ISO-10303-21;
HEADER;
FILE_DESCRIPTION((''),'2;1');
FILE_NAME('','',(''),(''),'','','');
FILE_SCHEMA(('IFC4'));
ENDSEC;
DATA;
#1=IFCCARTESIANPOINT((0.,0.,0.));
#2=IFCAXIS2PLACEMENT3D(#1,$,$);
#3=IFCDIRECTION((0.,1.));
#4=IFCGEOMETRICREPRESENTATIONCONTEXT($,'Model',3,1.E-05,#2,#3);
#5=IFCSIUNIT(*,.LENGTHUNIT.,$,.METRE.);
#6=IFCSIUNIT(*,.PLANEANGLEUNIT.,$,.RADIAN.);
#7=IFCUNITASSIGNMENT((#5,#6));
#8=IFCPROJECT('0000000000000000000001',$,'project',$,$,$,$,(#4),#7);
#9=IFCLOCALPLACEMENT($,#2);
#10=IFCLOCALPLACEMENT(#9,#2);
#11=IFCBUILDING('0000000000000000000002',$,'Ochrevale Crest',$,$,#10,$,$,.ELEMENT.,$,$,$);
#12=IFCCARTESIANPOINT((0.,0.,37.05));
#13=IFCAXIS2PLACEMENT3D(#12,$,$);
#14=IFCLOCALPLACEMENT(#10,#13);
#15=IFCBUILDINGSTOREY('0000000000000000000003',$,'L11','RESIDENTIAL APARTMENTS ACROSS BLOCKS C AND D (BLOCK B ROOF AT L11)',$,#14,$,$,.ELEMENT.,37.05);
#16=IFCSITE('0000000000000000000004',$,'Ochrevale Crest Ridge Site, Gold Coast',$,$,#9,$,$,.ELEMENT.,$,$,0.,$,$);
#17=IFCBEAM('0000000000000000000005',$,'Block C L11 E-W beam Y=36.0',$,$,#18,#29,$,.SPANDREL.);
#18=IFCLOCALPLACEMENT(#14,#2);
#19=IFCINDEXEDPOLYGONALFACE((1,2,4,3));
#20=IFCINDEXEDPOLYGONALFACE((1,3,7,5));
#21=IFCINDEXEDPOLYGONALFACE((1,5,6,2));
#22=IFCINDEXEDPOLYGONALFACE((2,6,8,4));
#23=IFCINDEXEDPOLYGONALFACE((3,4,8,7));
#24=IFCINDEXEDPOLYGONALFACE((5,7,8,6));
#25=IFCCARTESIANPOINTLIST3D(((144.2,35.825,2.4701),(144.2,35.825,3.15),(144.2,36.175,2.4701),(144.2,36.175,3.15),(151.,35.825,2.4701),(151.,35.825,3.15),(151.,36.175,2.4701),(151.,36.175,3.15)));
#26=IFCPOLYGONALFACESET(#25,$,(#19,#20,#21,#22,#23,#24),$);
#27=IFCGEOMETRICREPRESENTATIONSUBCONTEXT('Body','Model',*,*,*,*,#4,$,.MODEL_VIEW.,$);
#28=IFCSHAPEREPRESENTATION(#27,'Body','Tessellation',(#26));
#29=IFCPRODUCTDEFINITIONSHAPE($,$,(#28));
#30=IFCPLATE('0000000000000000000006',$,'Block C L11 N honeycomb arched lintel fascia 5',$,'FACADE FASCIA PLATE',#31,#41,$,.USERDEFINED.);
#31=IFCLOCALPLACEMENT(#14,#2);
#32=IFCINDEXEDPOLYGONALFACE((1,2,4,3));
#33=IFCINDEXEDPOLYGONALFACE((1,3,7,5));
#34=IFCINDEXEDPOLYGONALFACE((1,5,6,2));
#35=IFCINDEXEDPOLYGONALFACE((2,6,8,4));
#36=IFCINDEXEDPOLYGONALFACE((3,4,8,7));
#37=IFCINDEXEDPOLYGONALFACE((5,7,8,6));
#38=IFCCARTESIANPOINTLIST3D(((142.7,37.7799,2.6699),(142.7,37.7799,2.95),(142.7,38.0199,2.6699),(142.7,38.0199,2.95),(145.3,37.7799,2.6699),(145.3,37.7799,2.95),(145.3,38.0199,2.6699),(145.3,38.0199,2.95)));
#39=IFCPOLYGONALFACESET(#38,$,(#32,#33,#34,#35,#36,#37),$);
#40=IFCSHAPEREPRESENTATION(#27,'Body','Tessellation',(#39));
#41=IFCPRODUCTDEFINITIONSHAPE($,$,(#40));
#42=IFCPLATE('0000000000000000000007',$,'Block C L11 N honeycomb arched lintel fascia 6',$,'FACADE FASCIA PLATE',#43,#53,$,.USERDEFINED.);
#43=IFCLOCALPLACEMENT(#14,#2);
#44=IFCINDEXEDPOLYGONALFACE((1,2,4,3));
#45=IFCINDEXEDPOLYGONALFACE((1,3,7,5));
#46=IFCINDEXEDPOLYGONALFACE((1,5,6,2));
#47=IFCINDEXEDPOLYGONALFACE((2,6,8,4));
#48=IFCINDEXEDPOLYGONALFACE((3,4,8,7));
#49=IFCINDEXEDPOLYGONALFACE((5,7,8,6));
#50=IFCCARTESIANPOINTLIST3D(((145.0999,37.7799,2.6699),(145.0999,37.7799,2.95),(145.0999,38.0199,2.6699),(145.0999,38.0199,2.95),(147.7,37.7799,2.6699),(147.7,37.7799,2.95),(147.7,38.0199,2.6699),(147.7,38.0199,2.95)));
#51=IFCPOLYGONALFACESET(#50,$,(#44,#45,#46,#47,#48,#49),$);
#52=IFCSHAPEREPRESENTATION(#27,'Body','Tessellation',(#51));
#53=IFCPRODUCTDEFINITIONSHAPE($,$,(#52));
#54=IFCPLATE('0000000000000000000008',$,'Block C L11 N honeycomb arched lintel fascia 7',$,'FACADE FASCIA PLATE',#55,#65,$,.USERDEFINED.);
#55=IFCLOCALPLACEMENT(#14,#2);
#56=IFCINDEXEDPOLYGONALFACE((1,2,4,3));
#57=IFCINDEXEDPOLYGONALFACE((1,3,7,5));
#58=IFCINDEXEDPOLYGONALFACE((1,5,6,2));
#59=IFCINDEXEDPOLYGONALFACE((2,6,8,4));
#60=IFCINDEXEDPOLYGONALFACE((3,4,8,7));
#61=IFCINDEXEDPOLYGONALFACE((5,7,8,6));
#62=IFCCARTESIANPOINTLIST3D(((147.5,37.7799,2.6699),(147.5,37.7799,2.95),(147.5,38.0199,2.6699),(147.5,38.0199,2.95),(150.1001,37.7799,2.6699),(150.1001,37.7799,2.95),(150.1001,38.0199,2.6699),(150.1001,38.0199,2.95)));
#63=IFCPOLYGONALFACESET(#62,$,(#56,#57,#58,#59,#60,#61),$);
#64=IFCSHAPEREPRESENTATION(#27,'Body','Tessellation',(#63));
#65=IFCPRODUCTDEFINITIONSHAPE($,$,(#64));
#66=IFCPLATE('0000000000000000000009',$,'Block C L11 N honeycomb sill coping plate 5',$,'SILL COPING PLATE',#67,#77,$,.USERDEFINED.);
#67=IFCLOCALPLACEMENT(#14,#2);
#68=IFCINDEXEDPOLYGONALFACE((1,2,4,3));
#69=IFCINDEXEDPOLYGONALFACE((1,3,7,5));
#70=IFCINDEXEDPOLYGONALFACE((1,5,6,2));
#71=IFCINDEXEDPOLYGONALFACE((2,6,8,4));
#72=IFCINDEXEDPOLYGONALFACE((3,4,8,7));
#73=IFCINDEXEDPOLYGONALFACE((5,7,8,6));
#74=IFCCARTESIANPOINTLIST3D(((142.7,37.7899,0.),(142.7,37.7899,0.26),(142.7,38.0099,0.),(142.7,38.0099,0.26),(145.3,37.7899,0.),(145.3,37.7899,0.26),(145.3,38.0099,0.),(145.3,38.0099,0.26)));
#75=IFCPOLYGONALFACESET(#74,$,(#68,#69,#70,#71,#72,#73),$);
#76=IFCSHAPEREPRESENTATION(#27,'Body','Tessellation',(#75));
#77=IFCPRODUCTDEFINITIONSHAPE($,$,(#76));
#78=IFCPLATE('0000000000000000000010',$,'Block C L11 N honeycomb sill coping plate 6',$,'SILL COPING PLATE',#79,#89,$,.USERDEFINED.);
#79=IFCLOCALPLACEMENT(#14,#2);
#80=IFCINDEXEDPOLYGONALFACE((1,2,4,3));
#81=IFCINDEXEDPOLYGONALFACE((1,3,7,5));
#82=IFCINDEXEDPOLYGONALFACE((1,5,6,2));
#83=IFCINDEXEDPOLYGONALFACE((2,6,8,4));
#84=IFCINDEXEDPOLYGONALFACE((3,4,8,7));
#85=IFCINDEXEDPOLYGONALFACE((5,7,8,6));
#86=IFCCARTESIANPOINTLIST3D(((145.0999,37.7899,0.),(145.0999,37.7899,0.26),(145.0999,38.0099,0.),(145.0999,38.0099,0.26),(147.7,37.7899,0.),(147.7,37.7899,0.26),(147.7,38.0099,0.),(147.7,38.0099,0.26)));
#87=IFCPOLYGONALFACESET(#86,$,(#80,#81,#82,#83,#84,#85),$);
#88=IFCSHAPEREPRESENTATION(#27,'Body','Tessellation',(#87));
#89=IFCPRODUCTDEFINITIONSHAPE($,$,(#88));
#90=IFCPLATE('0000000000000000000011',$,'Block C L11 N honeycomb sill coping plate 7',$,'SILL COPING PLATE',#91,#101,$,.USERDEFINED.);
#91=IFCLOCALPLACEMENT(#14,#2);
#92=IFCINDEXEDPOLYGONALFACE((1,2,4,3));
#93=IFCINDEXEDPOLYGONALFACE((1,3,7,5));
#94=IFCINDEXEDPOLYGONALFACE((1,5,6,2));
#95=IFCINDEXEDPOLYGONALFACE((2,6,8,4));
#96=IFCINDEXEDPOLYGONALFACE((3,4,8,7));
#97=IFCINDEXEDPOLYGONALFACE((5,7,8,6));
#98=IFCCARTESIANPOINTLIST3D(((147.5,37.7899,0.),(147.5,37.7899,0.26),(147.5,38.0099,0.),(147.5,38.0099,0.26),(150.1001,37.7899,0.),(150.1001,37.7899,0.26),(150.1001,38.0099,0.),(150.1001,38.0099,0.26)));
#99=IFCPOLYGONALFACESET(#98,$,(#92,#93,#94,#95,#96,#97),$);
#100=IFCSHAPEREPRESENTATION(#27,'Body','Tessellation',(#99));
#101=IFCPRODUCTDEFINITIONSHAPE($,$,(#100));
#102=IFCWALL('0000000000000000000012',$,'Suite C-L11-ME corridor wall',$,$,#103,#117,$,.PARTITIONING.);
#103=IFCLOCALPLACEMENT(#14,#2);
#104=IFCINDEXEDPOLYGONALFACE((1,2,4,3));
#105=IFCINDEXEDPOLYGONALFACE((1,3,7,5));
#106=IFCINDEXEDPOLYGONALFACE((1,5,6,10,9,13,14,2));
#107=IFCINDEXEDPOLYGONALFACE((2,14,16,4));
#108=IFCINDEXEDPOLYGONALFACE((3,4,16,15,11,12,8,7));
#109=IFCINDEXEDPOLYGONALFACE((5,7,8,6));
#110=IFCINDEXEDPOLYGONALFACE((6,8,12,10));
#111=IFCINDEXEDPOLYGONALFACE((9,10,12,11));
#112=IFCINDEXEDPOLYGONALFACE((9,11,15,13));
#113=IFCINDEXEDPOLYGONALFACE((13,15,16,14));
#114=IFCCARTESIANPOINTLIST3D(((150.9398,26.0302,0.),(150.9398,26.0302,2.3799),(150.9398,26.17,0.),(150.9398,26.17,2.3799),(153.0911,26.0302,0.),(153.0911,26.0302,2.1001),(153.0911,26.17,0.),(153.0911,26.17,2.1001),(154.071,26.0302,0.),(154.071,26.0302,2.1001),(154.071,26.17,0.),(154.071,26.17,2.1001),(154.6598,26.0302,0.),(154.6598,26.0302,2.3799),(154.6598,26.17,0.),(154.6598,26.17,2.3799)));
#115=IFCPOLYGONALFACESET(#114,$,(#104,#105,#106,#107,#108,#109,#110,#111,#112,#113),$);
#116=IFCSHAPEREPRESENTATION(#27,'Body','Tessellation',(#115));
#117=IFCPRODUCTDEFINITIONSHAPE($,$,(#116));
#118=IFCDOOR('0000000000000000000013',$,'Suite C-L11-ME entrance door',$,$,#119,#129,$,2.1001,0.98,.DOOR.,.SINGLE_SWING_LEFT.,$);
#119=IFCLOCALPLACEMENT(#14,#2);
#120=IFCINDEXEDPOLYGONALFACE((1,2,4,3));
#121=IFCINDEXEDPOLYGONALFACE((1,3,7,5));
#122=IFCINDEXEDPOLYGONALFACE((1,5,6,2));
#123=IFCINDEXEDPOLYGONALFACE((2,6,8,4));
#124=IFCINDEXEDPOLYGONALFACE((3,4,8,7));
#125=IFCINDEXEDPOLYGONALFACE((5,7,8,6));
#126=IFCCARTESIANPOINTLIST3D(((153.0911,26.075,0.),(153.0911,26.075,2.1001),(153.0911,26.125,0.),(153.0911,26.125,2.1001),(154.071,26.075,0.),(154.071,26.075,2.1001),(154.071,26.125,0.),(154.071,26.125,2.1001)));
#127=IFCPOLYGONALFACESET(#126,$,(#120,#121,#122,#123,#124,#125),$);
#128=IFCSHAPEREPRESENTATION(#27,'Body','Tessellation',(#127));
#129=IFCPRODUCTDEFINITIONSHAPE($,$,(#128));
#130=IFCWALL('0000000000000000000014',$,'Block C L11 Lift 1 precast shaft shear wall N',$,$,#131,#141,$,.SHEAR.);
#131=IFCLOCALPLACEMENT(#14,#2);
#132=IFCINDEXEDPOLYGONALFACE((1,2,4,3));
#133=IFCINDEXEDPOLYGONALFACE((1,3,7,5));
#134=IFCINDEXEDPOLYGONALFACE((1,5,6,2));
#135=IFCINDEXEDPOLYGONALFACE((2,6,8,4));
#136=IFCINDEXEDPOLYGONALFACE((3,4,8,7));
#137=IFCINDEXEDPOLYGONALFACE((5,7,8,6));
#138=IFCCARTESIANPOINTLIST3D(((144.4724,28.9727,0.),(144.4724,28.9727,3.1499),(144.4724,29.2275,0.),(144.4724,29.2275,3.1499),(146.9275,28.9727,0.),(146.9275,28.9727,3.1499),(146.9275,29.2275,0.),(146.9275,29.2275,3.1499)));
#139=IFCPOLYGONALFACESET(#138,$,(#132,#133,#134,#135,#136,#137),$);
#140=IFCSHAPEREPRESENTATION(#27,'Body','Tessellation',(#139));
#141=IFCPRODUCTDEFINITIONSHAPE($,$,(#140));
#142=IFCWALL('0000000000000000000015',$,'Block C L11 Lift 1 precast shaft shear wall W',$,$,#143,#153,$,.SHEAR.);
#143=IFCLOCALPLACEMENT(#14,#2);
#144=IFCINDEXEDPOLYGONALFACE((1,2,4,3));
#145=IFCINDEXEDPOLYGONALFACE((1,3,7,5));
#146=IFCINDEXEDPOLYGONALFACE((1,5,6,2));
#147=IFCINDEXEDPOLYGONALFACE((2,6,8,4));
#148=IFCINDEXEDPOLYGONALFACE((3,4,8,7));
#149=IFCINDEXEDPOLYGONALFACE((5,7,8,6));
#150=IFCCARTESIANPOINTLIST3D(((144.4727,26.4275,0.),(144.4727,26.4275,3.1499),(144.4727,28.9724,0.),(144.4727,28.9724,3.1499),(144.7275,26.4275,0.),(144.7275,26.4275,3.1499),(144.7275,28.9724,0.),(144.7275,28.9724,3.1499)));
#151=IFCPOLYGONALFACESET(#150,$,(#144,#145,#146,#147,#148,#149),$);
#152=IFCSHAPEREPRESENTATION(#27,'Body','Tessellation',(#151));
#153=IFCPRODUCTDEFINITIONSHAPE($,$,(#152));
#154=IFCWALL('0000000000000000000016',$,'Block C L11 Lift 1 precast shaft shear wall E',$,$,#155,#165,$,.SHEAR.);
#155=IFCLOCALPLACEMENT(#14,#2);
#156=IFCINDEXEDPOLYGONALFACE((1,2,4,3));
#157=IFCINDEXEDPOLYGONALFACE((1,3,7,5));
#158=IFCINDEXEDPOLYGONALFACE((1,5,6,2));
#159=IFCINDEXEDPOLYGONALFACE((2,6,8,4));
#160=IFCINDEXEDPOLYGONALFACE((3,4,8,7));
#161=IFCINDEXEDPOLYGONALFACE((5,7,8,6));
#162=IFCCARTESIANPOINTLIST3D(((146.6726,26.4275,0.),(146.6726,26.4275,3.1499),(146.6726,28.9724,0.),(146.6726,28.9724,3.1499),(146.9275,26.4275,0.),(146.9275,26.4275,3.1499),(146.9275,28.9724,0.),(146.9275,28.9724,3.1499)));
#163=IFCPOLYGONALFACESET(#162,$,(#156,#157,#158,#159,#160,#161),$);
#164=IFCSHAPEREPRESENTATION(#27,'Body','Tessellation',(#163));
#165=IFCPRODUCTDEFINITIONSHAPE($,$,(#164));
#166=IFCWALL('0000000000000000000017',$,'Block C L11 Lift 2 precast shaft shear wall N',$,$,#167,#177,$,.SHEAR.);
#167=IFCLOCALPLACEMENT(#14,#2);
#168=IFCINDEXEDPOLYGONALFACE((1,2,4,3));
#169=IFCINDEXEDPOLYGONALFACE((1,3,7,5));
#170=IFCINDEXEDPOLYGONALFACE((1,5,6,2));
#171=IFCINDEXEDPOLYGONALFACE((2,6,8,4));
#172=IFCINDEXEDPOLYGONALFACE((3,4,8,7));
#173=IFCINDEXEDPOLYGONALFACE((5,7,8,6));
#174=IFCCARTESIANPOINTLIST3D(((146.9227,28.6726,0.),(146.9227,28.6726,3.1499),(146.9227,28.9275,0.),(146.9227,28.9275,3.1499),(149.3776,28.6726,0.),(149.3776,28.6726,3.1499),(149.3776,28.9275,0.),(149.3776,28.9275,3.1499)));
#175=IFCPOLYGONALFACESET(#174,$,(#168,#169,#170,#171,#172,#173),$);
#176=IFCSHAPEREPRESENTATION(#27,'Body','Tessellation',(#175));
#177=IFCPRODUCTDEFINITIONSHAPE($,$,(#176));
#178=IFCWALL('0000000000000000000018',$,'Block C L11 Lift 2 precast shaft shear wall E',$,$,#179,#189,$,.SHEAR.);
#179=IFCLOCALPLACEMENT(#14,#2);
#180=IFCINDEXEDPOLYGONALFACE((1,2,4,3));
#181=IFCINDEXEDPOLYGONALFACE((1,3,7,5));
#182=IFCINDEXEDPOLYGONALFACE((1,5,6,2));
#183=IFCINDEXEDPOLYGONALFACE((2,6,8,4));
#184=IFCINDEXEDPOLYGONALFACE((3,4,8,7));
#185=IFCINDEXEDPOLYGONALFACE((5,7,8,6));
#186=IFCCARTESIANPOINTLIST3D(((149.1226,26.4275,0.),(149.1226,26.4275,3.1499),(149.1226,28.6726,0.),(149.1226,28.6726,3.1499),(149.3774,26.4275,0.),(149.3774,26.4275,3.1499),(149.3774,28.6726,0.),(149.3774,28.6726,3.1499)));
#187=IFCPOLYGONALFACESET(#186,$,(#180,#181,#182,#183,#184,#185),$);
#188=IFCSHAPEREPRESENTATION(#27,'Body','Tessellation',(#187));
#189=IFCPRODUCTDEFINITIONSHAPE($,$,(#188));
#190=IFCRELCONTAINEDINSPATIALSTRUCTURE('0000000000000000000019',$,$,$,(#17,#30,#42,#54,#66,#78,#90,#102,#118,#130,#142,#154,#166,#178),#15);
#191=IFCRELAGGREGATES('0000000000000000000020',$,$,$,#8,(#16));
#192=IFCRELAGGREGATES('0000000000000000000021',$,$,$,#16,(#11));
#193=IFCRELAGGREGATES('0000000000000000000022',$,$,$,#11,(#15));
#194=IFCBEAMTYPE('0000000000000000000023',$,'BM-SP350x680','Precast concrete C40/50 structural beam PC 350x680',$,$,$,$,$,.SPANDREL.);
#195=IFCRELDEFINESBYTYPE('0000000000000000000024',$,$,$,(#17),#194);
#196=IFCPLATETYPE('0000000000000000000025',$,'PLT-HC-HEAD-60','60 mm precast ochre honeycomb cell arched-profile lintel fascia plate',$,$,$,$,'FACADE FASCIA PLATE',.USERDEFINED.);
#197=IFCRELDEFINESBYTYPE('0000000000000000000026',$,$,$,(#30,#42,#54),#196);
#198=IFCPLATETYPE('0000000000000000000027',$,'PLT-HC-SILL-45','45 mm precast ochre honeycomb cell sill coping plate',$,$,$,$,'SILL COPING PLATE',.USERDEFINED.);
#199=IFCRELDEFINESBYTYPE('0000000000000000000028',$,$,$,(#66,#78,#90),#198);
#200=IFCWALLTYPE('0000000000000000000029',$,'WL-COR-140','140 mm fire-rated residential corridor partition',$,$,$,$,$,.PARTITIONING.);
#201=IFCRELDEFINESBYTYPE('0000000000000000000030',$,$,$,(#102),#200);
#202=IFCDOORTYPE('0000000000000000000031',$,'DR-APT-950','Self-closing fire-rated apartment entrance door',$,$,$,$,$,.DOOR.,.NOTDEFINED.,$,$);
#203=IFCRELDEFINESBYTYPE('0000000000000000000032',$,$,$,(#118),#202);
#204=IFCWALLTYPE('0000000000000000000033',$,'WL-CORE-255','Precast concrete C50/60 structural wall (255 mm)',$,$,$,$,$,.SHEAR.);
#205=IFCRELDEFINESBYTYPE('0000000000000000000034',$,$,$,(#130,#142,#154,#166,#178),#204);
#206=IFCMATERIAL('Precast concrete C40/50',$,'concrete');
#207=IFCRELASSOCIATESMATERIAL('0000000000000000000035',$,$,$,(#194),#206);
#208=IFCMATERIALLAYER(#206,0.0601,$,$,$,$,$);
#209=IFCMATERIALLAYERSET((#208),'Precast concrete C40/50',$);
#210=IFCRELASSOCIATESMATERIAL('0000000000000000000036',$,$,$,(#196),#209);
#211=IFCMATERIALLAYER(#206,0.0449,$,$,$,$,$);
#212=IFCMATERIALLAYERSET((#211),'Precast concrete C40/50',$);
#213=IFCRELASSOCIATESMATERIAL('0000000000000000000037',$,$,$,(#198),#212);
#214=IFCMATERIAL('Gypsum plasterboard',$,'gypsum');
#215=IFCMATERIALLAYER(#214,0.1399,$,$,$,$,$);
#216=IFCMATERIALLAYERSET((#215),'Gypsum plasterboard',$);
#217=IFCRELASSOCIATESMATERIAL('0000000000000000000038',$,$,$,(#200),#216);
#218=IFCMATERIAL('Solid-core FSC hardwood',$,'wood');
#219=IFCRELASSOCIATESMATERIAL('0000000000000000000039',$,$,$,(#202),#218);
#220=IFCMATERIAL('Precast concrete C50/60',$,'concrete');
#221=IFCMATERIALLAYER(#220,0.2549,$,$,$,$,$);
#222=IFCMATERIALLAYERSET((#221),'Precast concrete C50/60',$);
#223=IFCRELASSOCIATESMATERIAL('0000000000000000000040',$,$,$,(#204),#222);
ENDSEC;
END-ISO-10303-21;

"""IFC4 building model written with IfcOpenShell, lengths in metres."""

from ifc_helpers import new_model, si_unit, direction, frame, frame_2d, origin, origin_2d, place, context, subcontext, project, spatial, rectangle, extrude, material, layer, layer_set, material_profile, profile_set, type_object, element, fill, save


model = new_model("IFC4")

# Units and contexts
model_context = context("Model", 3, precision=1e-05, world=origin(), true_north=direction((0.0, 1.0)))
body_context = subcontext(model_context, "Body", "Model", "MODEL_VIEW")
ifc_project = project(units=[si_unit("LENGTHUNIT", "METRE"), si_unit("PLANEANGLEUNIT", "RADIAN")], contexts=[model_context])

# Site, building, storey
site_placement = place(None, origin())
site = spatial("IfcSite", under=ifc_project, at=site_placement, Name="Ochrevale Crest Ridge Site, Gold Coast", CompositionType="ELEMENT", RefElevation=0.0)
building_placement = place(site_placement, origin())
building = spatial("IfcBuilding", under=site, at=building_placement, Name="Ochrevale Crest", CompositionType="ELEMENT")
storey_placement = place(building_placement, frame((0.0, 0.0, 37.05)))
storey = spatial("IfcBuildingStorey", under=building, at=storey_placement, Name="L11", Description="RESIDENTIAL APARTMENTS ACROSS BLOCKS C AND D (BLOCK B ROOF AT L11)", CompositionType="ELEMENT", Elevation=37.05)

# Beam
ifc_material_1 = material(Name="Precast concrete C40/50", Category="concrete")
ifc_material_profile = material_profile(ifc_material_1, rectangle(XDim=0.3501, YDim=0.6799, at=origin_2d()), Name="PC 350x680")
ifc_profile_set = profile_set([ifc_material_profile], Name="Precast concrete C40/50")
beam_type = type_object("IfcBeamType", Name="BM-SP350x680", Description="Precast concrete C40/50 structural beam PC 350x680", PredefinedType="SPANDREL", material=ifc_profile_set)
beam_placement = place(storey_placement, frame((144.2, 36.0, 2.8101), z_axis=(1.0, 0.0, 0.0), x_axis=(0.0, 1.0, 0.0)))
element("IfcBeam", 1, at=beam_placement, inside=storey, type_object=beam_type, Name="Block C L11 E-W beam Y=36.0", PredefinedType="SPANDREL", context=body_context, shape_type="SweptSolid", body=[
    extrude(rectangle(XDim=0.3501, YDim=0.6799, at=origin_2d()), origin(), (0.0, 0.0, 1.0), 6.8),
])

# Plates
ifc_layer_1 = layer(ifc_material_1, 0.0601)
ifc_layer_set_1 = layer_set([ifc_layer_1], Name="Precast concrete C40/50")
plate_type_1 = type_object("IfcPlateType", Name="PLT-HC-HEAD-60", Description="60 mm precast ochre honeycomb cell arched-profile lintel fascia plate", ElementType="FACADE FASCIA PLATE", PredefinedType="USERDEFINED", material=ifc_layer_set_1)
for number, where, z_axis, x_axis, name in (
    (2, (144.0, 37.8999, 2.6699), (0.0, 0.0, 1.0), (1.0, 0.0, 0.0), "Block C L11 N honeycomb arched lintel fascia 5"),
    (3, (146.3999, 37.8999, 2.6699), (0.0, 0.0, 1.0), (1.0, 0.0, 0.0), "Block C L11 N honeycomb arched lintel fascia 6"),
    (4, (148.8, 37.8999, 2.6699), (0.0, 0.0, 1.0), (1.0, 0.0, 0.0), "Block C L11 N honeycomb arched lintel fascia 7"),
):
    element("IfcPlate", number, at=place(storey_placement, frame(where, z_axis=z_axis, x_axis=x_axis)), inside=storey, type_object=plate_type_1, Name=name, ObjectType="FACADE FASCIA PLATE", PredefinedType="USERDEFINED", context=body_context, shape_type="SweptSolid", body=[
        extrude(rectangle(XDim=2.6001, YDim=0.24, at=origin_2d()), origin(), (0.0, 0.0, 1.0), 0.28),
    ])
ifc_layer_2 = layer(ifc_material_1, 0.0449)
ifc_layer_set_2 = layer_set([ifc_layer_2], Name="Precast concrete C40/50")
plate_type_2 = type_object("IfcPlateType", Name="PLT-HC-SILL-45", Description="45 mm precast ochre honeycomb cell sill coping plate", ElementType="SILL COPING PLATE", PredefinedType="USERDEFINED", material=ifc_layer_set_2)
for number, where, z_axis, x_axis, name in (
    (5, (144.0, 37.8999, 0.0), (0.0, 0.0, 1.0), (1.0, 0.0, 0.0), "Block C L11 N honeycomb sill coping plate 5"),
    (6, (146.3999, 37.8999, 0.0), (0.0, 0.0, 1.0), (1.0, 0.0, 0.0), "Block C L11 N honeycomb sill coping plate 6"),
    (7, (148.8, 37.8999, 0.0), (0.0, 0.0, 1.0), (1.0, 0.0, 0.0), "Block C L11 N honeycomb sill coping plate 7"),
):
    element("IfcPlate", number, at=place(storey_placement, frame(where, z_axis=z_axis, x_axis=x_axis)), inside=storey, type_object=plate_type_2, Name=name, ObjectType="SILL COPING PLATE", PredefinedType="USERDEFINED", context=body_context, shape_type="SweptSolid", body=[
        extrude(rectangle(XDim=2.6001, YDim=0.22, at=origin_2d()), origin(), (0.0, 0.0, 1.0), 0.26),
    ])

# Wall, opening, door
ifc_material_2 = material(Name="Gypsum plasterboard", Category="gypsum")
ifc_layer_3 = layer(ifc_material_2, 0.1399)
ifc_layer_set_3 = layer_set([ifc_layer_3], Name="Gypsum plasterboard")
wall_type_1 = type_object("IfcWallType", Name="WL-COR-140", Description="140 mm fire-rated residential corridor partition", PredefinedType="PARTITIONING", material=ifc_layer_set_3)
wall_1_placement = place(storey_placement, frame((150.9399, 26.1001, 0.0), z_axis=(0.0, 0.0, 1.0), x_axis=(1.0, 0.0, 0.0)))
wall_1 = element("IfcWall", 8, at=wall_1_placement, inside=storey, type_object=wall_type_1, Name="Suite C-L11-ME corridor wall", PredefinedType="PARTITIONING", context=body_context, shape_type="SweptSolid", body=[
    extrude(rectangle(XDim=3.72, YDim=0.1399, at=frame_2d((1.8599, 0.0))), origin(), (0.0, 0.0, 1.0), 2.3799),
])
opening_1_placement = place(wall_1_placement, frame((2.1511, 0.0, 0.0)))
opening_1 = element("IfcOpeningElement", 9, at=opening_1_placement, cuts=wall_1, PredefinedType="OPENING", context=body_context, shape_type="SweptSolid", body=[
    extrude(rectangle(XDim=0.98, YDim=2.1001, at=frame_2d((0.49, 1.05))), frame((0.0, 0.0801, 0.0), z_axis=(0.0, -1.0, 0.0), x_axis=(1.0, 0.0, 0.0)), (0.0, 0.0, 1.0), 0.1599),
])
ifc_material_3 = material(Name="Solid-core FSC hardwood", Category="wood")
door_type_1 = type_object("IfcDoorType", Name="DR-APT-950", Description="Self-closing fire-rated apartment entrance door", OperationType="NOTDEFINED", PredefinedType="DOOR", material=ifc_material_3)
door_1_placement = place(opening_1_placement, origin())
door_1 = element("IfcDoor", 10, at=door_1_placement, inside=storey, type_object=door_type_1, Name="Suite C-L11-ME entrance door", OperationType="SINGLE_SWING_LEFT", OverallHeight=2.1001, OverallWidth=0.98, PredefinedType="DOOR", context=body_context, shape_type="SweptSolid", body=[
    extrude(rectangle(XDim=0.98, YDim=2.1001, at=frame_2d((0.49, 1.05))), frame((0.0, 0.0249, 0.0), z_axis=(0.0, -1.0, 0.0), x_axis=(1.0, 0.0, 0.0)), (0.0, 0.0, 1.0), 0.05),
])
fill(opening_1, door_1)
ifc_material_4 = material(Name="Precast concrete C50/60", Category="concrete")
ifc_layer_4 = layer(ifc_material_4, 0.2549)
ifc_layer_set_4 = layer_set([ifc_layer_4], Name="Precast concrete C50/60")
wall_type_2 = type_object("IfcWallType", Name="WL-CORE-255", Description="Precast concrete C50/60 structural wall (255 mm)", PredefinedType="SHEAR", material=ifc_layer_set_4)

# Walls
wall_2_placement = place(storey_placement, frame((144.4724, 29.1001, 0.0), z_axis=(0.0, 0.0, 1.0), x_axis=(1.0, 0.0, 0.0)))
element("IfcWall", 11, at=wall_2_placement, inside=storey, type_object=wall_type_2, Name="Block C L11 Lift 1 precast shaft shear wall N", PredefinedType="SHEAR", context=body_context, shape_type="SweptSolid", body=[
    extrude(rectangle(XDim=2.4551, YDim=0.2549, at=frame_2d((1.2275, 0.0))), origin(), (0.0, 0.0, 1.0), 3.1499),
])
for number, where, z_axis, x_axis, name in (
    (12, (144.6001, 26.4275, 0.0), (0.0, 0.0, 1.0), (0.0, 1.0, 0.0), "Block C L11 Lift 1 precast shaft shear wall W"),
    (13, (146.8, 26.4275, 0.0), (0.0, 0.0, 1.0), (0.0, 1.0, 0.0), "Block C L11 Lift 1 precast shaft shear wall E"),
):
    element("IfcWall", number, at=place(storey_placement, frame(where, z_axis=z_axis, x_axis=x_axis)), inside=storey, type_object=wall_type_2, Name=name, PredefinedType="SHEAR", context=body_context, shape_type="SweptSolid", body=[
        extrude(rectangle(XDim=2.5449, YDim=0.2549, at=frame_2d((1.2725, 0.0))), origin(), (0.0, 0.0, 1.0), 3.1499),
    ])

# Walls
wall_3_placement = place(storey_placement, frame((146.9226, 28.8, 0.0), z_axis=(0.0, 0.0, 1.0), x_axis=(1.0, 0.0, 0.0)))
element("IfcWall", 14, at=wall_3_placement, inside=storey, type_object=wall_type_2, Name="Block C L11 Lift 2 precast shaft shear wall N", PredefinedType="SHEAR", context=body_context, shape_type="SweptSolid", body=[
    extrude(rectangle(XDim=2.4548, YDim=0.2549, at=frame_2d((1.2275, 0.0))), origin(), (0.0, 0.0, 1.0), 3.1499),
])
wall_4_placement = place(storey_placement, frame((149.25, 26.4275, 0.0), z_axis=(0.0, 0.0, 1.0), x_axis=(0.0, 1.0, 0.0)))
element("IfcWall", 15, at=wall_4_placement, inside=storey, type_object=wall_type_2, Name="Block C L11 Lift 2 precast shaft shear wall E", PredefinedType="SHEAR", context=body_context, shape_type="SweptSolid", body=[
    extrude(rectangle(XDim=2.2451, YDim=0.2549, at=frame_2d((1.1226, 0.0))), origin(), (0.0, 0.0, 1.0), 3.1499),
])

save(model, "model.ifc")
